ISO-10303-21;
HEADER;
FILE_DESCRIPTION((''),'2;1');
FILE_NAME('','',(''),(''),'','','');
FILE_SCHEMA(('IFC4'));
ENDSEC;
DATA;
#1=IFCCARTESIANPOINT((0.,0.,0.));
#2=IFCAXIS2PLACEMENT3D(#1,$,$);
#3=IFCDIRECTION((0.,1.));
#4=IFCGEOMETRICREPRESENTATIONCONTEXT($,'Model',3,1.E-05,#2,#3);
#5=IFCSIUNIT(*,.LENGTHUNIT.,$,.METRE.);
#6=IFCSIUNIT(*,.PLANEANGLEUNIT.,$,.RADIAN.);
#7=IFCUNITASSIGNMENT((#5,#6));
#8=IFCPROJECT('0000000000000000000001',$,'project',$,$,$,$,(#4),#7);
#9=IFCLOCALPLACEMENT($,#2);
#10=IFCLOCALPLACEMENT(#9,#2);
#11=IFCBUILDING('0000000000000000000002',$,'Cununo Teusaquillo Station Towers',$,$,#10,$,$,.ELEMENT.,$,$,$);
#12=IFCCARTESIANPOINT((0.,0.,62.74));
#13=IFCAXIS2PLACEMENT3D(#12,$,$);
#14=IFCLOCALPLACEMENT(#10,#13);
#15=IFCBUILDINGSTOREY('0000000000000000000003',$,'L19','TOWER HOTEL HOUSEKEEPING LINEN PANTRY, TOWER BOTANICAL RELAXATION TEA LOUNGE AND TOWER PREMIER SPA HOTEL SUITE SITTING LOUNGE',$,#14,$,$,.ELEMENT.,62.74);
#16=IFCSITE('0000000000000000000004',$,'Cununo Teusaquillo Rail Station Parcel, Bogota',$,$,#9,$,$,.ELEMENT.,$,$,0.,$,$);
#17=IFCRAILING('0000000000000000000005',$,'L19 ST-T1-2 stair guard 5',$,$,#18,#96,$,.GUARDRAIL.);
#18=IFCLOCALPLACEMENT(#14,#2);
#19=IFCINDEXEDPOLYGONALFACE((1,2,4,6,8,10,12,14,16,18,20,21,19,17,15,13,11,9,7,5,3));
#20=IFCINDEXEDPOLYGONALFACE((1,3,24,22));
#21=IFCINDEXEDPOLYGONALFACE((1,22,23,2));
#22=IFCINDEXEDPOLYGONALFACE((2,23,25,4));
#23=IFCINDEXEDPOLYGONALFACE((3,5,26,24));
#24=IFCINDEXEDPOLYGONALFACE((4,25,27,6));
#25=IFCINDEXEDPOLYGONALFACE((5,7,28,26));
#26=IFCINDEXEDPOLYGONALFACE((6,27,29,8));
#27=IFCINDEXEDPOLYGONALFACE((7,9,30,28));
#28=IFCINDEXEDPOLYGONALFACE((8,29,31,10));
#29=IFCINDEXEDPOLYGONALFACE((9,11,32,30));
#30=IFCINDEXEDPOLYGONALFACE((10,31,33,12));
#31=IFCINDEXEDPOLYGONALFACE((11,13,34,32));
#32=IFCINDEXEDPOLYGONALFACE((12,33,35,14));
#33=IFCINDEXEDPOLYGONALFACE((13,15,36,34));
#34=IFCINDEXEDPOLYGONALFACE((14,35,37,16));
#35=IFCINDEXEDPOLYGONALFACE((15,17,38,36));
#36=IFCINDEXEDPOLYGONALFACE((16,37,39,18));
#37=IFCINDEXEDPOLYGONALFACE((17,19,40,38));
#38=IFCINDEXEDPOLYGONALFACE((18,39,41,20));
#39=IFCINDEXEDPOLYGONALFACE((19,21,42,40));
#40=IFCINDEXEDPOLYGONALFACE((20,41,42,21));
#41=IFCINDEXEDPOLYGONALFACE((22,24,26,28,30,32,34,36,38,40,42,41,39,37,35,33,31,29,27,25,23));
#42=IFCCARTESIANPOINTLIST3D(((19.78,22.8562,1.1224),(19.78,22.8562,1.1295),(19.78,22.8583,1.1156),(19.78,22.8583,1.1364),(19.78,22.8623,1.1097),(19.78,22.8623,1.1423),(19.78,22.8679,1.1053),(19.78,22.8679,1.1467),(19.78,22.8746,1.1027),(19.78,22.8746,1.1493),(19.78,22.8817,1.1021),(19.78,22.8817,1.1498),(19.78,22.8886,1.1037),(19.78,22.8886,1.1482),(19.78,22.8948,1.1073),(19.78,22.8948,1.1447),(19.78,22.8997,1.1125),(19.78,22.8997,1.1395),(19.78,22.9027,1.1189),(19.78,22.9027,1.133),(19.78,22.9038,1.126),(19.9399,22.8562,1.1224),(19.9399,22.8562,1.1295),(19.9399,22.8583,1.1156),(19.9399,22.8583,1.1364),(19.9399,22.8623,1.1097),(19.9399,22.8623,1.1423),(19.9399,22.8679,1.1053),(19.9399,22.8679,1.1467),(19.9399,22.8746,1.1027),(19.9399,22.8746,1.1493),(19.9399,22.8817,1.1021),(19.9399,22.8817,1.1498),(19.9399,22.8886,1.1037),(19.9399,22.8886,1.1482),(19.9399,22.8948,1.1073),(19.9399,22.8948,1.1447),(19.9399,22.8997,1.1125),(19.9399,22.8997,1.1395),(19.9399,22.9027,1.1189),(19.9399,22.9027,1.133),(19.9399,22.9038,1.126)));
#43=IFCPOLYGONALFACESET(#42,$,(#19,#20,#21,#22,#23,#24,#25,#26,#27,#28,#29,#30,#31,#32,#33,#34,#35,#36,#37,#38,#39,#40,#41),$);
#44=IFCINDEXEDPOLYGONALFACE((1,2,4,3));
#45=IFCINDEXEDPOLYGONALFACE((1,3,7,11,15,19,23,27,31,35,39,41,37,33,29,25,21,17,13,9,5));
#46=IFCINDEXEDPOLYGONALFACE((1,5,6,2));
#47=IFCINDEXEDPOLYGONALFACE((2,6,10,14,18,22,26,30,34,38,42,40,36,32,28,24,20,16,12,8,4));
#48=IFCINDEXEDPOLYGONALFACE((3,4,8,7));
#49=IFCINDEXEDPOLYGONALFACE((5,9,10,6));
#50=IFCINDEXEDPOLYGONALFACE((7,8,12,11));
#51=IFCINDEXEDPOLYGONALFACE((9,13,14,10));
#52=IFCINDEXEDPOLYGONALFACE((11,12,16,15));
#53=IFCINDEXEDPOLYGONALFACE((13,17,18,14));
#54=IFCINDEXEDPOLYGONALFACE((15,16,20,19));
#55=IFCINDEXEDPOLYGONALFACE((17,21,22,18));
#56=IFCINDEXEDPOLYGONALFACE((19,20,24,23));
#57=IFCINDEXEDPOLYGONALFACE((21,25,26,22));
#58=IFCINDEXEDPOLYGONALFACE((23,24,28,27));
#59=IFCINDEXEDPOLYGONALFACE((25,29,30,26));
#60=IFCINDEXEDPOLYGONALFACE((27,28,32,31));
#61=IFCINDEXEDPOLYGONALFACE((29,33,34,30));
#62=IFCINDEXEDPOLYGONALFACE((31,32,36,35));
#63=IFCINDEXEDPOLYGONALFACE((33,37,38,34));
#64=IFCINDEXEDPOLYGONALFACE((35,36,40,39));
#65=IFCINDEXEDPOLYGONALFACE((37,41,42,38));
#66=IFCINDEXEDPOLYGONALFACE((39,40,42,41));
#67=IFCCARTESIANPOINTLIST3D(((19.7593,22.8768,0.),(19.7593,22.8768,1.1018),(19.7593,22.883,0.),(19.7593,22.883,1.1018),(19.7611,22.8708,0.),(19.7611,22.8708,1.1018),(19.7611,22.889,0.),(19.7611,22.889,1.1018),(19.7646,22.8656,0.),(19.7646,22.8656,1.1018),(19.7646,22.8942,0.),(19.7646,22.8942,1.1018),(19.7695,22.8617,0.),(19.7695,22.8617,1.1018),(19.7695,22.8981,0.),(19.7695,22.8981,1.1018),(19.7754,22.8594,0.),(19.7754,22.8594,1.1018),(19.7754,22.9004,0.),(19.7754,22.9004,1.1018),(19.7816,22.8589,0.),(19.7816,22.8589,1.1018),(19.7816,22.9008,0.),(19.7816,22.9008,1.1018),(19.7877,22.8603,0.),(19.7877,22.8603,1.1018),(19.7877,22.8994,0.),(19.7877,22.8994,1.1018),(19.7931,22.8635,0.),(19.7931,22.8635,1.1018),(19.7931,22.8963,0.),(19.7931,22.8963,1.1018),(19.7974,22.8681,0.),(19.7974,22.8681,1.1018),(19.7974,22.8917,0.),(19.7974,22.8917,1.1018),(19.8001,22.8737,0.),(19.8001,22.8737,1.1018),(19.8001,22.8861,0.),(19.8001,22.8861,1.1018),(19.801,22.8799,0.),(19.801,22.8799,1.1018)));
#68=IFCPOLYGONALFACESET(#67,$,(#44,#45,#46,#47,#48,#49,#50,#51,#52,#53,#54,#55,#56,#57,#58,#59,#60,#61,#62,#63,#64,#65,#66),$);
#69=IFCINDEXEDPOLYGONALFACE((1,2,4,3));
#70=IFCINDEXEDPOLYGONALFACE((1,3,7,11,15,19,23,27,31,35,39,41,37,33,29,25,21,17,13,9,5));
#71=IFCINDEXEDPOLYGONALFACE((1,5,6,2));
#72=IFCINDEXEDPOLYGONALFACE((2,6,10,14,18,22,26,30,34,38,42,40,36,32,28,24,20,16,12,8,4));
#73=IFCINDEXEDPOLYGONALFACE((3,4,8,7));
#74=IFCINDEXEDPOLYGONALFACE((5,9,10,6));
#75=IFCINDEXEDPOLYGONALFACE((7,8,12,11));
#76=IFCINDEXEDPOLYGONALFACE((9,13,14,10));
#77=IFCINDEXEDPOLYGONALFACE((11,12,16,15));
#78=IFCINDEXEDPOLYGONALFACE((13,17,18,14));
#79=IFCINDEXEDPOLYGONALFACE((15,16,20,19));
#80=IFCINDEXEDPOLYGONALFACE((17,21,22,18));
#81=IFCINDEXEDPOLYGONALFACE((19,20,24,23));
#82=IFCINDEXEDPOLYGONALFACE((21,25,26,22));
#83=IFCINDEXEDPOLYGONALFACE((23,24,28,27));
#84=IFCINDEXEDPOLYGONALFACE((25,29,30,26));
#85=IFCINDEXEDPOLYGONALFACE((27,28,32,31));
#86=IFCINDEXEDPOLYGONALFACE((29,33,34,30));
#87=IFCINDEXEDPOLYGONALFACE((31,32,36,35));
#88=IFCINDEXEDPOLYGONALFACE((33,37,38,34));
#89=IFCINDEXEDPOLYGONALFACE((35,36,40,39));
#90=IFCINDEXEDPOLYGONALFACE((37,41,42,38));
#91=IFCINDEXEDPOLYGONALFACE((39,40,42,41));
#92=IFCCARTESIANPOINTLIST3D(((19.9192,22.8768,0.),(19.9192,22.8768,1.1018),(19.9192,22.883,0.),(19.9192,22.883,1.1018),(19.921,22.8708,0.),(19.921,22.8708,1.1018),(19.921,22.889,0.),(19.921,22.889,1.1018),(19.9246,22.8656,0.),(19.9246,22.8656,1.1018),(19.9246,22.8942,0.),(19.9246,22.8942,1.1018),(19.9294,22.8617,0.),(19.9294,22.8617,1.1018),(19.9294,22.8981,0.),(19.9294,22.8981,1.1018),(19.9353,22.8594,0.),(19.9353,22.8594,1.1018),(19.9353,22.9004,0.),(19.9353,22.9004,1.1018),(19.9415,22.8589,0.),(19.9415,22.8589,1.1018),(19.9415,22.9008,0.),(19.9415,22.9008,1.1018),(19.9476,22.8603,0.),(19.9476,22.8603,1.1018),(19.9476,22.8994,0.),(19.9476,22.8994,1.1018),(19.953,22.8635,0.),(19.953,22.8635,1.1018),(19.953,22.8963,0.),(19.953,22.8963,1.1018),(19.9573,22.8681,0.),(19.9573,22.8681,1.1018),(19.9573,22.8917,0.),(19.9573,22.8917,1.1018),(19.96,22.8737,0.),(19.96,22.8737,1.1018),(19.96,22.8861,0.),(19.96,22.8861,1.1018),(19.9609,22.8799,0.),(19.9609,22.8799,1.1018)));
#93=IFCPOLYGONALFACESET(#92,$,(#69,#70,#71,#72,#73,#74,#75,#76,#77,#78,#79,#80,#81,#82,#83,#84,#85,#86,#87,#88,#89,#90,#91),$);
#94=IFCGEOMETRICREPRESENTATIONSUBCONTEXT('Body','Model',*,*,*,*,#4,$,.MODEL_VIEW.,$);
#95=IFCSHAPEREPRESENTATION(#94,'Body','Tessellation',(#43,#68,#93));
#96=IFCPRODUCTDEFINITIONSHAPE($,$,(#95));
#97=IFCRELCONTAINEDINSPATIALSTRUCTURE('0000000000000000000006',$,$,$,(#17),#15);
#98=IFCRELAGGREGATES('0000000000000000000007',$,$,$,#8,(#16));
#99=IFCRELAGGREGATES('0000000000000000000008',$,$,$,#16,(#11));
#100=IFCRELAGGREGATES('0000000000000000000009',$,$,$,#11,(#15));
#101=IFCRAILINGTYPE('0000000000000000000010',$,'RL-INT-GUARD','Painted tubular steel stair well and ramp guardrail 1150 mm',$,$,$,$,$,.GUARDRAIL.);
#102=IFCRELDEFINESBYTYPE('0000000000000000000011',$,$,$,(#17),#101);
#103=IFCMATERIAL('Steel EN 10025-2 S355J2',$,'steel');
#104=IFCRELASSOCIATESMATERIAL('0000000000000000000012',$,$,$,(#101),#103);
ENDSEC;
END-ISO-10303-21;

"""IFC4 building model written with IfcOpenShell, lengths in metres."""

from ifc_helpers import new_model, si_unit, direction, frame, origin, origin_2d, place, context, subcontext, project, spatial, circle, extrude, material, type_object, element, save


model = new_model("IFC4")

# Units and contexts
model_context = context("Model", 3, precision=1e-05, world=origin(), true_north=direction((0.0, 1.0)))
body_context = subcontext(model_context, "Body", "Model", "MODEL_VIEW")
ifc_project = project(units=[si_unit("LENGTHUNIT", "METRE"), si_unit("PLANEANGLEUNIT", "RADIAN")], contexts=[model_context])

# Site, building, storey
site_placement = place(None, origin())
site = spatial("IfcSite", under=ifc_project, at=site_placement, Name="Cununo Teusaquillo Rail Station Parcel, Bogota", CompositionType="ELEMENT", RefElevation=0.0)
building_placement = place(site_placement, origin())
building = spatial("IfcBuilding", under=site, at=building_placement, Name="Cununo Teusaquillo Station Towers", CompositionType="ELEMENT")
storey_placement = place(building_placement, frame((0.0, 0.0, 62.74)))
storey = spatial("IfcBuildingStorey", under=building, at=storey_placement, Name="L19", Description="TOWER HOTEL HOUSEKEEPING LINEN PANTRY, TOWER BOTANICAL RELAXATION TEA LOUNGE AND TOWER PREMIER SPA HOTEL SUITE SITTING LOUNGE", CompositionType="ELEMENT", Elevation=62.74)

# Railing
ifc_material_1 = material(Name="Steel EN 10025-2 S355J2", Category="steel")
railing_type_1 = type_object("IfcRailingType", Name="RL-INT-GUARD", Description="Painted tubular steel stair well and ramp guardrail 1150 mm", PredefinedType="GUARDRAIL", material=ifc_material_1)
railing_1_placement = place(storey_placement, frame((19.78, 22.8799, 0.0)))
element("IfcRailing", 1, at=railing_1_placement, inside=storey, type_object=railing_type_1, Name="L19 ST-T1-2 stair guard 5", PredefinedType="GUARDRAIL", context=body_context, shape_type="SweptSolid", body=[
    extrude(circle(Radius=0.0239, at=origin_2d()), frame((0.0, 0.0, 1.126), z_axis=(1.0, 0.0, 0.0), x_axis=(0.0, 1.0, 0.0)), (0.0, 0.0, 1.0), 0.1599),
    extrude(circle(Radius=0.021, at=origin_2d()), origin(), (0.0, 0.0, 1.0), 1.1018),
    extrude(circle(Radius=0.021, at=origin_2d()), frame((0.1599, 0.0, 0.0)), (0.0, 0.0, 1.0), 1.1018),
])

save(model, "model.ifc")
